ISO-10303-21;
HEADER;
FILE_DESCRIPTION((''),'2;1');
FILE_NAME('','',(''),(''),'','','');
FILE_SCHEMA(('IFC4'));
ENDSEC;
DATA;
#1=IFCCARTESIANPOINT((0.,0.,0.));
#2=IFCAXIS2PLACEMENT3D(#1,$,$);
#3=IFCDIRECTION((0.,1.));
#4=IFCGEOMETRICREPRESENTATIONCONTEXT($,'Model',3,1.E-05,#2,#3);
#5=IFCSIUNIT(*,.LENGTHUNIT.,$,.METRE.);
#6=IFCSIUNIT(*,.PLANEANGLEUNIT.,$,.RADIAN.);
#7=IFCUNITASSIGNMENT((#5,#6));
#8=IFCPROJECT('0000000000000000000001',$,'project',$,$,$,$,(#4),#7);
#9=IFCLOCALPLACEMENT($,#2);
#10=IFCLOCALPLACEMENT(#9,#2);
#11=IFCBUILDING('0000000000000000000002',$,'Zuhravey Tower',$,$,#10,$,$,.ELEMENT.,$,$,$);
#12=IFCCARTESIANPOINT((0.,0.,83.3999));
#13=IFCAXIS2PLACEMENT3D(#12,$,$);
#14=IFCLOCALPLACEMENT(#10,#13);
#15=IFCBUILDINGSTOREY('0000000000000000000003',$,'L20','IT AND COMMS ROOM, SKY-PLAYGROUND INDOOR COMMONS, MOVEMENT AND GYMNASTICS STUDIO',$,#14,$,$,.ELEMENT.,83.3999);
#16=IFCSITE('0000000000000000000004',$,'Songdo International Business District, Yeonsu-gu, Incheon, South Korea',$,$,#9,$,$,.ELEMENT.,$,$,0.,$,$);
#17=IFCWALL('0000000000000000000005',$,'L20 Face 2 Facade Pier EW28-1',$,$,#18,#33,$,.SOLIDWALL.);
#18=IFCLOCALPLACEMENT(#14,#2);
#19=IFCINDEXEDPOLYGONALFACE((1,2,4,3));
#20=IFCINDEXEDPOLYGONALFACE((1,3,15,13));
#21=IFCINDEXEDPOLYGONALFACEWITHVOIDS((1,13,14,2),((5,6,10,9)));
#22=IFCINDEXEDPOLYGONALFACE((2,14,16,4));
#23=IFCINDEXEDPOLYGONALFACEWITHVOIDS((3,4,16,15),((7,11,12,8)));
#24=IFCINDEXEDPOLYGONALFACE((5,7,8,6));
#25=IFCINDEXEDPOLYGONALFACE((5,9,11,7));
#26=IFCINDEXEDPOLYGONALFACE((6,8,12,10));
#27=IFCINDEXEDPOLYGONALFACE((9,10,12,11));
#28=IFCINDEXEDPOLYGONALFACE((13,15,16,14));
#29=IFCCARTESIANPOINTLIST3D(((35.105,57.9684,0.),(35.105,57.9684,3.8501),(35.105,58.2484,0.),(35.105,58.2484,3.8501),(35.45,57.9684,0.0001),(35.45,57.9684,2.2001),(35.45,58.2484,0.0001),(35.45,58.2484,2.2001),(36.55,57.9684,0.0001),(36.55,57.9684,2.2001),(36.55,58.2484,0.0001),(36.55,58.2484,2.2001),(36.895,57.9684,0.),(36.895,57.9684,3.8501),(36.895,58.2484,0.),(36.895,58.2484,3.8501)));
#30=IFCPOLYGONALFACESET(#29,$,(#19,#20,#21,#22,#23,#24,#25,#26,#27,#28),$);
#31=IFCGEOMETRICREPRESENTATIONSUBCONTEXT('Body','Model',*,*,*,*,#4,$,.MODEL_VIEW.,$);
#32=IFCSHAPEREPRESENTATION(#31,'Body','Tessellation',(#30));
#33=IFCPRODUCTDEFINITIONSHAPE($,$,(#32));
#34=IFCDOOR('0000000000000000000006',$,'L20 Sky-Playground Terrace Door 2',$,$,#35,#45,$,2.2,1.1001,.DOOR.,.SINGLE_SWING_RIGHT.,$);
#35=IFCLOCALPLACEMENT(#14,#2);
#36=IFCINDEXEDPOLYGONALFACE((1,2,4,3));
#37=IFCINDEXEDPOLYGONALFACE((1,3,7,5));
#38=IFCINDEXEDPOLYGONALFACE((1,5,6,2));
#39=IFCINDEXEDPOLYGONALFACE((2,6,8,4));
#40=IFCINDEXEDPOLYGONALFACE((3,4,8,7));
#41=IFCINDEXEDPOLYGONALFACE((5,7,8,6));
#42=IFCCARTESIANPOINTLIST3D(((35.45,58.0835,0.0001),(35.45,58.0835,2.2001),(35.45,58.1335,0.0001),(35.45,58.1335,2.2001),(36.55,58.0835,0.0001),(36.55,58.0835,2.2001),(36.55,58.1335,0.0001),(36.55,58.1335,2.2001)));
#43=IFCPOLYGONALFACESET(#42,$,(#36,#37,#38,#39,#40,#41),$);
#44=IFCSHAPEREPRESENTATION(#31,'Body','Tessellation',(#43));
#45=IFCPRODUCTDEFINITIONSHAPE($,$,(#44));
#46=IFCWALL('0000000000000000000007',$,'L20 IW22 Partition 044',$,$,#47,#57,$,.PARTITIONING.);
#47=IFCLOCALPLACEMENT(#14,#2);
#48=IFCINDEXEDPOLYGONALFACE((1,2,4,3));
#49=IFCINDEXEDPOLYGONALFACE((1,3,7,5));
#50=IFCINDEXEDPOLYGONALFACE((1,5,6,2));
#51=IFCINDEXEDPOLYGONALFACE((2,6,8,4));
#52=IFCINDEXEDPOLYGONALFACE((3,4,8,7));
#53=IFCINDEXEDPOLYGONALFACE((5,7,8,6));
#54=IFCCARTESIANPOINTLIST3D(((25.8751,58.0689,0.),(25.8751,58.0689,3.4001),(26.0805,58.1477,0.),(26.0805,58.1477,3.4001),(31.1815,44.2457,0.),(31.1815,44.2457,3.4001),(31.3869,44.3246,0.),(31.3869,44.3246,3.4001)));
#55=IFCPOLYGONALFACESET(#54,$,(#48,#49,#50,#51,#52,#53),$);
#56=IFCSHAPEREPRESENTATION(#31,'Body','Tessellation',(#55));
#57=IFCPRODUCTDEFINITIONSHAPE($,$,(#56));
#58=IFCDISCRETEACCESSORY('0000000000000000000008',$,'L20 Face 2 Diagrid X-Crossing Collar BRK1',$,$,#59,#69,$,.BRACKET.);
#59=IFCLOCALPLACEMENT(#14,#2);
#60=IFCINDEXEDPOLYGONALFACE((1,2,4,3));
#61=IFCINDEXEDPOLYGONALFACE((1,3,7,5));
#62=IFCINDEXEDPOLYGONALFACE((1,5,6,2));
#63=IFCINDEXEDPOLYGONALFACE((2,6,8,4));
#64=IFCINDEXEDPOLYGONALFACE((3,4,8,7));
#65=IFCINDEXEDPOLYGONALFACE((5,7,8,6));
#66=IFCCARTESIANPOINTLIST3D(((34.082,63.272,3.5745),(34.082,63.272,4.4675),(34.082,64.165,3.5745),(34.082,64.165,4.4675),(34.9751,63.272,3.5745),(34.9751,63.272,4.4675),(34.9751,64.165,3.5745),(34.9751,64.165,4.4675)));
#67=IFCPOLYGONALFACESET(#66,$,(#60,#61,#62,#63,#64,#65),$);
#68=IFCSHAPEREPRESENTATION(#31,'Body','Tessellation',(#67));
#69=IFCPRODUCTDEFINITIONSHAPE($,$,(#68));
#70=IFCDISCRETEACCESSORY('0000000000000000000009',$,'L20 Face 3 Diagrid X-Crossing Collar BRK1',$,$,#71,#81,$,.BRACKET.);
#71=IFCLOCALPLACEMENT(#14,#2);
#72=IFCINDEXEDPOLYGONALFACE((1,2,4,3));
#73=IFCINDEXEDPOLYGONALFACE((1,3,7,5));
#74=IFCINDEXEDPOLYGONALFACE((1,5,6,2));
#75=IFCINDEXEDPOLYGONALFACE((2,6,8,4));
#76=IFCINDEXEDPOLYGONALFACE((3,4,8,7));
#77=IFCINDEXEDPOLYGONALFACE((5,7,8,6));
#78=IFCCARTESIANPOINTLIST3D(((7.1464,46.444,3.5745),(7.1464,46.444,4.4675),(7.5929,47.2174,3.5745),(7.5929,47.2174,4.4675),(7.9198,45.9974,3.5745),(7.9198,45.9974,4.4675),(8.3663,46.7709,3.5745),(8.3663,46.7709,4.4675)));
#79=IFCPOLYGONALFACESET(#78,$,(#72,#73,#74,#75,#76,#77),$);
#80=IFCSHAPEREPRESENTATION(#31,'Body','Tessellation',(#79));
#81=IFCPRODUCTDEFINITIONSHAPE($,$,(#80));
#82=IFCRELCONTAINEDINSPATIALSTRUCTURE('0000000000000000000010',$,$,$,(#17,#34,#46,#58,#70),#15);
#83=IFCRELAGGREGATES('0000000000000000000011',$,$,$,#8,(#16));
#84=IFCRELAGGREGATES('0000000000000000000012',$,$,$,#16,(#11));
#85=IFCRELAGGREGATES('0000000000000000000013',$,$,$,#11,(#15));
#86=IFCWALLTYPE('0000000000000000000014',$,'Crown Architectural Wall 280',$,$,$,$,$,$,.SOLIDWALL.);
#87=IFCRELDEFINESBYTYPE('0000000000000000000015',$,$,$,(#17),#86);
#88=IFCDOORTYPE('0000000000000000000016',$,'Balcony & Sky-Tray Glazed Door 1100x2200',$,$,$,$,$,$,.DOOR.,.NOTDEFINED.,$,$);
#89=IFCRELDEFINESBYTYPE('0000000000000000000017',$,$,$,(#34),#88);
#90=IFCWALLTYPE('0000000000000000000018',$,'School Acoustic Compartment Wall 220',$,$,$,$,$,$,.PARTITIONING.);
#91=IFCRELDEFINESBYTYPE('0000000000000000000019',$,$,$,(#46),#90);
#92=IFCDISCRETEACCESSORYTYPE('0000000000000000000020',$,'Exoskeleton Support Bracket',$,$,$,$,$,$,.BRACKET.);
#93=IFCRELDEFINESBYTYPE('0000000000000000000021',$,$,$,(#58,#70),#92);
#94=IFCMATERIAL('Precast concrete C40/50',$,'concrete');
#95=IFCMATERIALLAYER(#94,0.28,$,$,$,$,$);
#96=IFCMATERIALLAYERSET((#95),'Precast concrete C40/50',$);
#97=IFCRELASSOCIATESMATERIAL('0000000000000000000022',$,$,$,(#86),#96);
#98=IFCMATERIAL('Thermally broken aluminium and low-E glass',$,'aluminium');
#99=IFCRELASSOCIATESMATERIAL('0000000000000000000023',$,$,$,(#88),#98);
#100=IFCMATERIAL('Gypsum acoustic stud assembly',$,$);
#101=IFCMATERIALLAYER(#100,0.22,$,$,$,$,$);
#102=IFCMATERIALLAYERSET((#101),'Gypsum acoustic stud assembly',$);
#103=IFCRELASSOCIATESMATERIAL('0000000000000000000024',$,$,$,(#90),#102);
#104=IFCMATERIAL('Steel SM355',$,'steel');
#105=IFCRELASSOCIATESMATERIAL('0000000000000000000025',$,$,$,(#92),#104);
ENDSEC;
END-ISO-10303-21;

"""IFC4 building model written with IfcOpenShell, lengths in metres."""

from ifc_helpers import new_model, si_unit, direction, frame, frame_2d, origin, origin_2d, place, context, subcontext, project, spatial, rectangle, extrude, material, layer, layer_set, type_object, element, fill, save


model = new_model("IFC4")

# Units and contexts
model_context = context("Model", 3, precision=1e-05, world=origin(), true_north=direction((0.0, 1.0)))
body_context = subcontext(model_context, "Body", "Model", "MODEL_VIEW")
ifc_project = project(units=[si_unit("LENGTHUNIT", "METRE"), si_unit("PLANEANGLEUNIT", "RADIAN")], contexts=[model_context])

# Site, building, storey
site_placement = place(None, origin())
site = spatial("IfcSite", under=ifc_project, at=site_placement, Name="Songdo International Business District, Yeonsu-gu, Incheon, South Korea", CompositionType="ELEMENT", RefElevation=0.0)
building_placement = place(site_placement, origin())
building = spatial("IfcBuilding", under=site, at=building_placement, Name="Zuhravey Tower", CompositionType="ELEMENT")
storey_placement = place(building_placement, frame((0.0, 0.0, 83.3999)))
storey = spatial("IfcBuildingStorey", under=building, at=storey_placement, Name="L20", Description="IT AND COMMS ROOM, SKY-PLAYGROUND INDOOR COMMONS, MOVEMENT AND GYMNASTICS STUDIO", CompositionType="ELEMENT", Elevation=83.3999)

# Shared definitions
ifc_material_1 = material(Name="Steel SM355", Category="steel")

# Shared definitions
ifc_material_2 = material(Name="Precast concrete C40/50", Category="concrete")
ifc_layer_1 = layer(ifc_material_2, 0.28)
ifc_layer_set_1 = layer_set([ifc_layer_1], Name="Precast concrete C40/50")
wall_type_1 = type_object("IfcWallType", Name="Crown Architectural Wall 280", PredefinedType="SOLIDWALL", material=ifc_layer_set_1)

# Wall, opening, door
wall_1_placement = place(storey_placement, frame((35.105, 58.1084, 0.0), z_axis=(0.0, 0.0, 1.0), x_axis=(1.0, 0.0, 0.0)))
wall_1 = element("IfcWall", 1, at=wall_1_placement, inside=storey, type_object=wall_type_1, Name="L20 Face 2 Facade Pier EW28-1", PredefinedType="SOLIDWALL", context=body_context, shape_type="SweptSolid", body=[
    extrude(rectangle(XDim=1.79, YDim=0.28, at=frame_2d((0.895, 0.0))), origin(), (0.0, 0.0, 1.0), 3.8501),
])
opening_1_placement = place(wall_1_placement, frame((0.345, 0.0, 0.0)))
opening_1 = element("IfcOpeningElement", 2, at=opening_1_placement, cuts=wall_1, PredefinedType="OPENING", context=body_context, shape_type="SweptSolid", body=[
    extrude(rectangle(XDim=1.1001, YDim=2.2, at=frame_2d((0.55, 1.1001))), frame((0.0, 0.1521, 0.0), z_axis=(0.0, -1.0, 0.0), x_axis=(1.0, 0.0, 0.0)), (0.0, 0.0, 1.0), 0.304),
])
ifc_material_3 = material(Name="Thermally broken aluminium and low-E glass", Category="aluminium")
door_type_1 = type_object("IfcDoorType", Name="Balcony & Sky-Tray Glazed Door 1100x2200", OperationType="NOTDEFINED", PredefinedType="DOOR", material=ifc_material_3)
door_1_placement = place(opening_1_placement, frame((1.1001, 0.0, 0.0), z_axis=(0.0, 0.0, 1.0), x_axis=(-1.0, 0.0, 0.0)))
door_1 = element("IfcDoor", 3, at=door_1_placement, inside=storey, type_object=door_type_1, Name="L20 Sky-Playground Terrace Door 2", OperationType="SINGLE_SWING_RIGHT", OverallHeight=2.2, OverallWidth=1.1001, PredefinedType="DOOR", context=body_context, shape_type="SweptSolid", body=[
    extrude(rectangle(XDim=1.1001, YDim=2.2, at=frame_2d((0.55, 1.1001))), frame((0.0, 0.0249, 0.0), z_axis=(0.0, -1.0, 0.0), x_axis=(1.0, 0.0, 0.0)), (0.0, 0.0, 1.0), 0.05),
])
fill(opening_1, door_1)

# Wall
ifc_material_4 = material(Name="Gypsum acoustic stud assembly")
ifc_layer_2 = layer(ifc_material_4, 0.22)
ifc_layer_set_2 = layer_set([ifc_layer_2], Name="Gypsum acoustic stud assembly")
wall_type_2 = type_object("IfcWallType", Name="School Acoustic Compartment Wall 220", PredefinedType="PARTITIONING", material=ifc_layer_set_2)
wall_2_placement = place(storey_placement, frame((31.2842, 44.2852, 0.0), z_axis=(0.0, 0.0, 1.0), x_axis=(-0.358377, 0.933577, 0.0)))
element("IfcWall", 4, at=wall_2_placement, inside=storey, type_object=wall_type_2, Name="L20 IW22 Partition 044", PredefinedType="PARTITIONING", context=body_context, shape_type="SweptSolid", body=[
    extrude(rectangle(XDim=14.8066, YDim=0.22, at=frame_2d((7.4033, 0.0))), origin(), (0.0, 0.0, 1.0), 3.4001),
])

# Discrete accessories
discrete_accessory_type = type_object("IfcDiscreteAccessoryType", Name="Exoskeleton Support Bracket", PredefinedType="BRACKET", material=ifc_material_1)
for number, where, z_axis, x_axis, name in (
    (5, (34.5286, 63.7185, 3.5745), (0.0, 0.0, 1.0), (-1.0, 0.0, 0.0), "L20 Face 2 Diagrid X-Crossing Collar BRK1"),
    (6, (7.7563, 46.6074, 3.5745), (0.0, 0.0, 1.0), (-0.5, -0.866025, 0.0), "L20 Face 3 Diagrid X-Crossing Collar BRK1"),
):
    element("IfcDiscreteAccessory", number, at=place(storey_placement, frame(where, z_axis=z_axis, x_axis=x_axis)), inside=storey, type_object=discrete_accessory_type, Name=name, PredefinedType="BRACKET", context=body_context, shape_type="SweptSolid", body=[
        extrude(rectangle(XDim=0.8931, YDim=0.8931, at=origin_2d()), origin(), (0.0, 0.0, 1.0), 0.8931),
    ])

save(model, "model.ifc")
